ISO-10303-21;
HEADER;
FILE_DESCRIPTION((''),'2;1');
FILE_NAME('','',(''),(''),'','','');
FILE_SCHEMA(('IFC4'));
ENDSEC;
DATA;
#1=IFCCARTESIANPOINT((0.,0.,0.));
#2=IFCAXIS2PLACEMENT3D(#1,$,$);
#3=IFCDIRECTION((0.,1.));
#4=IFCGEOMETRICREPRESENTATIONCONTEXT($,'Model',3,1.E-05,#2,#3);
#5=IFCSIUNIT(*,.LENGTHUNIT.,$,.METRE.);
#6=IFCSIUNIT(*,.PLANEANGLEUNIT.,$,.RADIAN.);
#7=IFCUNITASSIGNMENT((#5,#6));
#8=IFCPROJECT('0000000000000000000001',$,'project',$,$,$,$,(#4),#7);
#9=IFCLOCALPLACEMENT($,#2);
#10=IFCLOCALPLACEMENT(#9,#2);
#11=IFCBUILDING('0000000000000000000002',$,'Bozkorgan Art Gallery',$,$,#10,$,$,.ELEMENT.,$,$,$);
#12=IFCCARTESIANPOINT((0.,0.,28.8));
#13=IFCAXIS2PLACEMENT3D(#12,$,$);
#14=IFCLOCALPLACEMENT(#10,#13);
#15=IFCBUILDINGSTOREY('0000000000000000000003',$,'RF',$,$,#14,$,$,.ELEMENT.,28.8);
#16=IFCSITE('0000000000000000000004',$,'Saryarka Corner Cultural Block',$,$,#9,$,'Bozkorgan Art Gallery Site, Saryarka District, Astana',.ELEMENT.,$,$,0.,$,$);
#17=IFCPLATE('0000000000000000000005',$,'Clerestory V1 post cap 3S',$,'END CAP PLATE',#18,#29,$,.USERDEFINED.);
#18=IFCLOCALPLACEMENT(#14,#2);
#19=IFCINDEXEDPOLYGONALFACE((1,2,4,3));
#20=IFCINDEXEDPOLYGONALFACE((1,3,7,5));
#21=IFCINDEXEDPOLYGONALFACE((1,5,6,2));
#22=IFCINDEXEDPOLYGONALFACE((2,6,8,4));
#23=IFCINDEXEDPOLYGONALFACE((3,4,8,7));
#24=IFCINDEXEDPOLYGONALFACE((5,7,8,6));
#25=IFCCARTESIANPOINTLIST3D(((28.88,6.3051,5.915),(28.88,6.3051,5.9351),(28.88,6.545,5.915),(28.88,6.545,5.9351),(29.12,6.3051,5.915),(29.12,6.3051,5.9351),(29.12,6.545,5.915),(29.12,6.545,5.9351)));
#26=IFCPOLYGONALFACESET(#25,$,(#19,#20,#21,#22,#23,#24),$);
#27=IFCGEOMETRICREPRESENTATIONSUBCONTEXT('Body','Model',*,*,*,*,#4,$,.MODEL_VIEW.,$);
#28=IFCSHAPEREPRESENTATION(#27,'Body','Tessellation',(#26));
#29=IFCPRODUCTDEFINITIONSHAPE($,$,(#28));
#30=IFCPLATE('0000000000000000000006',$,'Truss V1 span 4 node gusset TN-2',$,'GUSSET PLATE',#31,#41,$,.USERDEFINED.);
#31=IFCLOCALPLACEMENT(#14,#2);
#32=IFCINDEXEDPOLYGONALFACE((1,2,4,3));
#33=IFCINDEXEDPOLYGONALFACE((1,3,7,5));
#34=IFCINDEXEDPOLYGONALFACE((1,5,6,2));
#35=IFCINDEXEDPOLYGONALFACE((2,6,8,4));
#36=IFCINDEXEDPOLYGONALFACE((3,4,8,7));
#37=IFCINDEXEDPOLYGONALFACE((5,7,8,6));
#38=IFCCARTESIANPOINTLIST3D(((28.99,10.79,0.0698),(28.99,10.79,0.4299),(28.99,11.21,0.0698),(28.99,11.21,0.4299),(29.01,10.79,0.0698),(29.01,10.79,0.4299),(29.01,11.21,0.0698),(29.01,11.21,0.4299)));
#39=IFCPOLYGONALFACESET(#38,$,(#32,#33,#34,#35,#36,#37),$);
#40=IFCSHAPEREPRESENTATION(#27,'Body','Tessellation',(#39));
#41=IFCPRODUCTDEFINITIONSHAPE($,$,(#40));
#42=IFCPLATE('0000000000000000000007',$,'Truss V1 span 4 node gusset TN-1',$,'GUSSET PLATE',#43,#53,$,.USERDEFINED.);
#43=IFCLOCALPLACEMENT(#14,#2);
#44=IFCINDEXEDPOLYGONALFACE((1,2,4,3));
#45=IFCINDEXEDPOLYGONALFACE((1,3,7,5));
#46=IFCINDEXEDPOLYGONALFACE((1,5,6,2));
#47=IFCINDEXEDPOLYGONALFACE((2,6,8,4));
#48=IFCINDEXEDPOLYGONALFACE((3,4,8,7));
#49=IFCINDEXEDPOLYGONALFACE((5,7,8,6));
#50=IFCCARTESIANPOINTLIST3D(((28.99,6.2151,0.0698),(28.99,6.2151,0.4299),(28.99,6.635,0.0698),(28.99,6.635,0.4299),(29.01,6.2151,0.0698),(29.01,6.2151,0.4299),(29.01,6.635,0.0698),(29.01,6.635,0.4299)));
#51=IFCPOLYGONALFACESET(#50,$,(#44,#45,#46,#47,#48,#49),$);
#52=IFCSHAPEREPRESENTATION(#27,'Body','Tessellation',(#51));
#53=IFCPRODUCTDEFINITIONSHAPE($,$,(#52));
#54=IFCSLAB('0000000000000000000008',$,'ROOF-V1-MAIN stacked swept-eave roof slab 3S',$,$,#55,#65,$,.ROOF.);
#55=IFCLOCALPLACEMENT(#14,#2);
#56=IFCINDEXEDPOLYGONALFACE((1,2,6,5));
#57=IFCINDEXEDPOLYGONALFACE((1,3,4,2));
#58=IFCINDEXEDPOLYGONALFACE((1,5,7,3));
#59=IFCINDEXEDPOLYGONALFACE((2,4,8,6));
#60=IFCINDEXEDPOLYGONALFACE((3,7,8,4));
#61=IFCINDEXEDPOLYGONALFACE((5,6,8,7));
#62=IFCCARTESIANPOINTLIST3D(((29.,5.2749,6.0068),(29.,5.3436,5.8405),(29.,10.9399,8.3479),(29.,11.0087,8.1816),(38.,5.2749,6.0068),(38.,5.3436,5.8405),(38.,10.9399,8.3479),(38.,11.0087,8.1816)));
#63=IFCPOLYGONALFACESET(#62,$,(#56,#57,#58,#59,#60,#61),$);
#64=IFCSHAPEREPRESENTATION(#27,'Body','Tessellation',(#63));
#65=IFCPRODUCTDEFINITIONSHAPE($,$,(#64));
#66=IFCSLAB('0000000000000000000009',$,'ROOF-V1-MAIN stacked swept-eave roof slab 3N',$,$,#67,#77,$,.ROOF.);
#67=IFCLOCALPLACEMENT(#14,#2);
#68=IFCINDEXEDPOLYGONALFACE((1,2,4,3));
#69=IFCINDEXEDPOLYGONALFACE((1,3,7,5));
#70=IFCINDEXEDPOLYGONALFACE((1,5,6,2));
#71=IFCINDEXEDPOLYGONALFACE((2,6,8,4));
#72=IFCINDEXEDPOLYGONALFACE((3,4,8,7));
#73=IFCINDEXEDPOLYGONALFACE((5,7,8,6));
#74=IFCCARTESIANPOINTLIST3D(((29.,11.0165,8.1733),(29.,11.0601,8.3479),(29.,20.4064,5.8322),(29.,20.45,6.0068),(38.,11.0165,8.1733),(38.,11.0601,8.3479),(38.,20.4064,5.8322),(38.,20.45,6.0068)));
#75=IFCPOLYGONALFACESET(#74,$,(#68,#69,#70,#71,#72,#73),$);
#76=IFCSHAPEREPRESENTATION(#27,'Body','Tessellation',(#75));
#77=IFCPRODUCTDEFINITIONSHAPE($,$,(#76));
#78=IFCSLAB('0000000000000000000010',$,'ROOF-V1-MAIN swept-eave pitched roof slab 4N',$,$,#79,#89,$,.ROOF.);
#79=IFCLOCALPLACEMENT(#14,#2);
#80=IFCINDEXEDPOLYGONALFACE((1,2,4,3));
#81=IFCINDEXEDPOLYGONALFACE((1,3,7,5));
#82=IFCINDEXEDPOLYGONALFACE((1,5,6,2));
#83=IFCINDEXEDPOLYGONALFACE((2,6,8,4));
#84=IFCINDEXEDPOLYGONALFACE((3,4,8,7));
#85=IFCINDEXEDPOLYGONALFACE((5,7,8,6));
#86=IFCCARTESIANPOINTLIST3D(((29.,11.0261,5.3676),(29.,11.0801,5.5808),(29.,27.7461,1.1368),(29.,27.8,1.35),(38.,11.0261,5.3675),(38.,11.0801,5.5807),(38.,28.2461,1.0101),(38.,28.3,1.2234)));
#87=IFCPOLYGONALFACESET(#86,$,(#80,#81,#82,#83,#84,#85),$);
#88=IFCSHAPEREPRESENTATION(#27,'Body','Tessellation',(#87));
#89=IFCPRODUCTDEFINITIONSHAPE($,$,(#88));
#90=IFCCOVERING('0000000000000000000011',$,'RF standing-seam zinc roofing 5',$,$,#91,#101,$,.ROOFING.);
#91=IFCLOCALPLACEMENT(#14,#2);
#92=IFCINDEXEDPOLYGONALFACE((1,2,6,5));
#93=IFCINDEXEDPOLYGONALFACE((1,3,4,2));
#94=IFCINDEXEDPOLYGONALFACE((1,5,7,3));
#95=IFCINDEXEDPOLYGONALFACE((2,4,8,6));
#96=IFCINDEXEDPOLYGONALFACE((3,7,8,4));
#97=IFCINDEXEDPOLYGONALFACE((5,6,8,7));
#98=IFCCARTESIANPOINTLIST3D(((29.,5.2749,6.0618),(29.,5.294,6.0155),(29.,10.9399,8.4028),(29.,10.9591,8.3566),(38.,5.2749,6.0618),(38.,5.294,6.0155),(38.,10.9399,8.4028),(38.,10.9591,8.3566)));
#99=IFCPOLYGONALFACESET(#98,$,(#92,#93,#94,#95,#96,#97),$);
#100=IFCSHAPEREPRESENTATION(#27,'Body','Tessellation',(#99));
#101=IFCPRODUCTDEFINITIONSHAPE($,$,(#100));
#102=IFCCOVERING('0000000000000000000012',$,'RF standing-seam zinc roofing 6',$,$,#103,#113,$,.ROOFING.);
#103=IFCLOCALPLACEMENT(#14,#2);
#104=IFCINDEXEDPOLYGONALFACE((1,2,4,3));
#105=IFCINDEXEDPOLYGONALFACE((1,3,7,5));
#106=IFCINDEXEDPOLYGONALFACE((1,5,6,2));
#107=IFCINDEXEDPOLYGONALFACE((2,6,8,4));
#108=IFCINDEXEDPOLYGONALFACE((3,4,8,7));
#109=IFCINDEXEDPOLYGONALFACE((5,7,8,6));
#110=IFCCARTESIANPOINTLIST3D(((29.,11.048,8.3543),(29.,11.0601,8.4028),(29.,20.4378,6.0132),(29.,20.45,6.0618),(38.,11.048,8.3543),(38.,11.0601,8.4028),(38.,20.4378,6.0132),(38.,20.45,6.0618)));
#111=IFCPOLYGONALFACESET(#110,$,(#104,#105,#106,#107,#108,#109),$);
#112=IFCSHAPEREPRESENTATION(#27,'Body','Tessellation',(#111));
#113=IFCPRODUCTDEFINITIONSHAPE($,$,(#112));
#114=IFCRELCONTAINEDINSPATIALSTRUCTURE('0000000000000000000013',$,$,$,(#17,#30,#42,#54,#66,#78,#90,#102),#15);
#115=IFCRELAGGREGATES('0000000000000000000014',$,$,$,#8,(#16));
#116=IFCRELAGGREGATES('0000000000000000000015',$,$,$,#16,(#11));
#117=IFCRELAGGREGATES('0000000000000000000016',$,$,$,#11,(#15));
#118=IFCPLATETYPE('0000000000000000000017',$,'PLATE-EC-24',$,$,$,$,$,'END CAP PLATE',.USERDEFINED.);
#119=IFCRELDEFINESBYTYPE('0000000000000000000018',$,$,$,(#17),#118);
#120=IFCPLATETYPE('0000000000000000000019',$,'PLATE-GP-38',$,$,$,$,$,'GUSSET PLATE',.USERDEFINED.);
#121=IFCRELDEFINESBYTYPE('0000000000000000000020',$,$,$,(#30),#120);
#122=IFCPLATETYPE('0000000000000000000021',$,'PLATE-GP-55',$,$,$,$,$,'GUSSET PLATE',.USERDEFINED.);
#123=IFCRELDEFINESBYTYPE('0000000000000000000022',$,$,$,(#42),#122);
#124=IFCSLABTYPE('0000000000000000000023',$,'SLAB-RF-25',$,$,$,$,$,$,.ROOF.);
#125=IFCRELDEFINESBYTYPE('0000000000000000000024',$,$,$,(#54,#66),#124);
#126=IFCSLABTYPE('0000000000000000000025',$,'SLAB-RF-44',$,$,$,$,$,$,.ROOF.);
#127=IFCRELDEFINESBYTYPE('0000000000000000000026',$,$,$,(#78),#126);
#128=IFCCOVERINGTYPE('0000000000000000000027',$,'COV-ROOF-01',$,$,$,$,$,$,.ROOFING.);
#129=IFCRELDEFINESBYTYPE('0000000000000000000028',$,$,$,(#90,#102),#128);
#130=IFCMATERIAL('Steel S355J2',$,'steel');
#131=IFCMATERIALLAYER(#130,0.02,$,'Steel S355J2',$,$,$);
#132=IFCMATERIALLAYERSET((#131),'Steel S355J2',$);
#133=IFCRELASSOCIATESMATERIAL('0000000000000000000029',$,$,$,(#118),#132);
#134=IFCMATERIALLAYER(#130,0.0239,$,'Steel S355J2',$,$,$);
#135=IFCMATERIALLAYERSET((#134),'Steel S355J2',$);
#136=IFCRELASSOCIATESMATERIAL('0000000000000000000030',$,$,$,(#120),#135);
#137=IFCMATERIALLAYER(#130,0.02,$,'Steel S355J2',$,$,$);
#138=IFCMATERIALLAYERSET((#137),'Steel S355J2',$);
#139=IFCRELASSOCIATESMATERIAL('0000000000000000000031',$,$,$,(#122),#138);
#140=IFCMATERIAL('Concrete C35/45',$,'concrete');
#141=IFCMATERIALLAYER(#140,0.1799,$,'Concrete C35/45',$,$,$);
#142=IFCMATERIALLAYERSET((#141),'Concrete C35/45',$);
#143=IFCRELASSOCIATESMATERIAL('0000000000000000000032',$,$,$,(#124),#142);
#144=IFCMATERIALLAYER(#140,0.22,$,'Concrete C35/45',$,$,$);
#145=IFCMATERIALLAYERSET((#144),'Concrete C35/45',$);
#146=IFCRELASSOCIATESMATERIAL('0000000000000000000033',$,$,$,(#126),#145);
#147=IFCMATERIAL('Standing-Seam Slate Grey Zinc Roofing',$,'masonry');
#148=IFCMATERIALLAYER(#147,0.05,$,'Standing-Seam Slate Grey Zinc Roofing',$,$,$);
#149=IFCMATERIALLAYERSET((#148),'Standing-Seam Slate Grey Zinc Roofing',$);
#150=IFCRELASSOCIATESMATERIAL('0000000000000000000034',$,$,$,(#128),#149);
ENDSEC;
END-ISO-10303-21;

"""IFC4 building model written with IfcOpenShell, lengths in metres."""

from ifc_helpers import new_model, si_unit, direction, frame, origin, origin_2d, place, context, subcontext, project, spatial, polyline, rectangle, outline, extrude, material, layer, layer_set, type_object, element, save


model = new_model("IFC4")

# Units and contexts
model_context = context("Model", 3, precision=1e-05, world=origin(), true_north=direction((0.0, 1.0)))
body_context = subcontext(model_context, "Body", "Model", "MODEL_VIEW")
ifc_project = project(units=[si_unit("LENGTHUNIT", "METRE"), si_unit("PLANEANGLEUNIT", "RADIAN")], contexts=[model_context])

# Site, building, storey
site_placement = place(None, origin())
site = spatial("IfcSite", under=ifc_project, at=site_placement, Name="Saryarka Corner Cultural Block", LongName="Bozkorgan Art Gallery Site, Saryarka District, Astana", CompositionType="ELEMENT", RefElevation=0.0)
building_placement = place(site_placement, origin())
building = spatial("IfcBuilding", under=site, at=building_placement, Name="Bozkorgan Art Gallery", CompositionType="ELEMENT")
storey_placement = place(building_placement, frame((0.0, 0.0, 28.8)))
storey = spatial("IfcBuildingStorey", under=building, at=storey_placement, Name="RF", CompositionType="ELEMENT", Elevation=28.8)

# Shared definitions
ifc_material_1 = material(Name="Steel S355J2", Category="steel")

# Plates
ifc_layer_1 = layer(ifc_material_1, 0.02, Name="Steel S355J2")
ifc_layer_set_1 = layer_set([ifc_layer_1], Name="Steel S355J2")
plate_type_1 = type_object("IfcPlateType", Name="PLATE-EC-24", ElementType="END CAP PLATE", PredefinedType="USERDEFINED", material=ifc_layer_set_1)
plate_1_placement = place(storey_placement, frame((29.0, 6.425, 5.915), z_axis=(0.0, 0.0, 1.0), x_axis=(1.0, 0.0, 0.0)))
element("IfcPlate", 1, at=plate_1_placement, inside=storey, type_object=plate_type_1, Name="Clerestory V1 post cap 3S", ObjectType="END CAP PLATE", PredefinedType="USERDEFINED", context=body_context, shape_type="SweptSolid", body=[
    extrude(rectangle(XDim=0.24, YDim=0.24, at=origin_2d()), origin(), (0.0, 0.0, 1.0), 0.02),
])
ifc_layer_2 = layer(ifc_material_1, 0.0239, Name="Steel S355J2")
ifc_layer_set_2 = layer_set([ifc_layer_2], Name="Steel S355J2")
plate_type_2 = type_object("IfcPlateType", Name="PLATE-GP-38", ElementType="GUSSET PLATE", PredefinedType="USERDEFINED", material=ifc_layer_set_2)
plate_2_placement = place(storey_placement, frame((29.0, 11.0, 0.0698), z_axis=(0.0, 0.0, 1.0), x_axis=(1.0, 0.0, 0.0)))
element("IfcPlate", 2, at=plate_2_placement, inside=storey, type_object=plate_type_2, Name="Truss V1 span 4 node gusset TN-2", ObjectType="GUSSET PLATE", PredefinedType="USERDEFINED", context=body_context, shape_type="SweptSolid", body=[
    extrude(rectangle(XDim=0.02, YDim=0.4199, at=origin_2d()), origin(), (0.0, 0.0, 1.0), 0.3601),
])
ifc_layer_3 = layer(ifc_material_1, 0.02, Name="Steel S355J2")
ifc_layer_set_3 = layer_set([ifc_layer_3], Name="Steel S355J2")
plate_type_3 = type_object("IfcPlateType", Name="PLATE-GP-55", ElementType="GUSSET PLATE", PredefinedType="USERDEFINED", material=ifc_layer_set_3)
plate_3_placement = place(storey_placement, frame((29.0, 6.425, 0.0698), z_axis=(0.0, 0.0, 1.0), x_axis=(1.0, 0.0, 0.0)))
element("IfcPlate", 3, at=plate_3_placement, inside=storey, type_object=plate_type_3, Name="Truss V1 span 4 node gusset TN-1", ObjectType="GUSSET PLATE", PredefinedType="USERDEFINED", context=body_context, shape_type="SweptSolid", body=[
    extrude(rectangle(XDim=0.02, YDim=0.4199, at=origin_2d()), origin(), (0.0, 0.0, 1.0), 0.3601),
])

# Slabs
ifc_material_2 = material(Name="Concrete C35/45", Category="concrete")
ifc_layer_4 = layer(ifc_material_2, 0.1799, Name="Concrete C35/45")
ifc_layer_set_4 = layer_set([ifc_layer_4], Name="Concrete C35/45")
slab_type_1 = type_object("IfcSlabType", Name="SLAB-RF-25", PredefinedType="ROOF", material=ifc_layer_set_4)
slab_1_placement = place(storey_placement, frame((29.0, 5.2749, 6.0068), z_axis=(0.0, -0.381921, 0.924195), x_axis=(1.0, 0.0, 0.0)))
element("IfcSlab", 4, at=slab_1_placement, inside=storey, type_object=slab_type_1, Name="ROOF-V1-MAIN stacked swept-eave roof slab 3S", PredefinedType="ROOF", context=body_context, shape_type="SweptSolid", body=[
    extrude(outline(polyline([(0.0, 0.0), (9.0, 0.0), (9.0, 6.1297), (0.0, 6.1297), (0.0, 0.0)])), origin(), (0.0, 0.0, -1.0), 0.1799),
])
slab_2_placement = place(storey_placement, frame((29.0, 11.0601, 8.3479), z_axis=(0.0, 0.241912, 0.970298), x_axis=(1.0, 0.0, 0.0)))
element("IfcSlab", 5, at=slab_2_placement, inside=storey, type_object=slab_type_1, Name="ROOF-V1-MAIN stacked swept-eave roof slab 3N", PredefinedType="ROOF", context=body_context, shape_type="SweptSolid", body=[
    extrude(outline(polyline([(0.0, 0.0), (9.0, 0.0), (9.0, 9.6773), (0.0, 9.6773), (0.0, 0.0)])), origin(), (0.0, 0.0, -1.0), 0.1799),
])
ifc_layer_5 = layer(ifc_material_2, 0.22, Name="Concrete C35/45")
ifc_layer_set_5 = layer_set([ifc_layer_5], Name="Concrete C35/45")
slab_type_2 = type_object("IfcSlabType", Name="SLAB-RF-44", PredefinedType="ROOF", material=ifc_layer_set_5)
slab_3_placement = place(storey_placement, frame((29.0, 11.0801, 5.5808), z_axis=(0.00001, 0.245308, 0.969445), x_axis=(1.0, -0.000003, -0.00001)))
element("IfcSlab", 6, at=slab_3_placement, inside=storey, type_object=slab_type_2, Name="ROOF-V1-MAIN swept-eave pitched roof slab 4N", PredefinedType="ROOF", context=body_context, shape_type="SweptSolid", body=[
    extrude(outline(polyline([(0.0, 0.0), (9.0, 0.0), (9.0, 17.7627), (0.0, 17.2469), (0.0, 0.0)])), origin(), (0.0, 0.0, -1.0), 0.22),
])

# Coverings
ifc_material_3 = material(Name="Standing-Seam Slate Grey Zinc Roofing", Category="masonry")
ifc_layer_6 = layer(ifc_material_3, 0.05, Name="Standing-Seam Slate Grey Zinc Roofing")
ifc_layer_set_6 = layer_set([ifc_layer_6], Name="Standing-Seam Slate Grey Zinc Roofing")
covering_type = type_object("IfcCoveringType", Name="COV-ROOF-01", PredefinedType="ROOFING", material=ifc_layer_set_6)
covering_1_placement = place(storey_placement, frame((29.0, 5.2749, 6.0618), z_axis=(0.0, -0.381921, 0.924195), x_axis=(1.0, 0.0, 0.0)))
element("IfcCovering", 7, at=covering_1_placement, inside=storey, type_object=covering_type, Name="RF standing-seam zinc roofing 5", PredefinedType="ROOFING", context=body_context, shape_type="SweptSolid", body=[
    extrude(outline(polyline([(0.0, 0.0), (9.0, 0.0), (9.0, 6.1297), (0.0, 6.1297), (0.0, 0.0)])), origin(), (0.0, 0.0, -1.0), 0.05),
])
covering_2_placement = place(storey_placement, frame((29.0, 11.0601, 8.4028), z_axis=(0.0, 0.241912, 0.970298), x_axis=(1.0, 0.0, 0.0)))
element("IfcCovering", 8, at=covering_2_placement, inside=storey, type_object=covering_type, Name="RF standing-seam zinc roofing 6", PredefinedType="ROOFING", context=body_context, shape_type="SweptSolid", body=[
    extrude(outline(polyline([(0.0, 0.0), (9.0, 0.0), (9.0, 9.6773), (0.0, 9.6773), (0.0, 0.0)])), origin(), (0.0, 0.0, -1.0), 0.05),
])

save(model, "model.ifc")
